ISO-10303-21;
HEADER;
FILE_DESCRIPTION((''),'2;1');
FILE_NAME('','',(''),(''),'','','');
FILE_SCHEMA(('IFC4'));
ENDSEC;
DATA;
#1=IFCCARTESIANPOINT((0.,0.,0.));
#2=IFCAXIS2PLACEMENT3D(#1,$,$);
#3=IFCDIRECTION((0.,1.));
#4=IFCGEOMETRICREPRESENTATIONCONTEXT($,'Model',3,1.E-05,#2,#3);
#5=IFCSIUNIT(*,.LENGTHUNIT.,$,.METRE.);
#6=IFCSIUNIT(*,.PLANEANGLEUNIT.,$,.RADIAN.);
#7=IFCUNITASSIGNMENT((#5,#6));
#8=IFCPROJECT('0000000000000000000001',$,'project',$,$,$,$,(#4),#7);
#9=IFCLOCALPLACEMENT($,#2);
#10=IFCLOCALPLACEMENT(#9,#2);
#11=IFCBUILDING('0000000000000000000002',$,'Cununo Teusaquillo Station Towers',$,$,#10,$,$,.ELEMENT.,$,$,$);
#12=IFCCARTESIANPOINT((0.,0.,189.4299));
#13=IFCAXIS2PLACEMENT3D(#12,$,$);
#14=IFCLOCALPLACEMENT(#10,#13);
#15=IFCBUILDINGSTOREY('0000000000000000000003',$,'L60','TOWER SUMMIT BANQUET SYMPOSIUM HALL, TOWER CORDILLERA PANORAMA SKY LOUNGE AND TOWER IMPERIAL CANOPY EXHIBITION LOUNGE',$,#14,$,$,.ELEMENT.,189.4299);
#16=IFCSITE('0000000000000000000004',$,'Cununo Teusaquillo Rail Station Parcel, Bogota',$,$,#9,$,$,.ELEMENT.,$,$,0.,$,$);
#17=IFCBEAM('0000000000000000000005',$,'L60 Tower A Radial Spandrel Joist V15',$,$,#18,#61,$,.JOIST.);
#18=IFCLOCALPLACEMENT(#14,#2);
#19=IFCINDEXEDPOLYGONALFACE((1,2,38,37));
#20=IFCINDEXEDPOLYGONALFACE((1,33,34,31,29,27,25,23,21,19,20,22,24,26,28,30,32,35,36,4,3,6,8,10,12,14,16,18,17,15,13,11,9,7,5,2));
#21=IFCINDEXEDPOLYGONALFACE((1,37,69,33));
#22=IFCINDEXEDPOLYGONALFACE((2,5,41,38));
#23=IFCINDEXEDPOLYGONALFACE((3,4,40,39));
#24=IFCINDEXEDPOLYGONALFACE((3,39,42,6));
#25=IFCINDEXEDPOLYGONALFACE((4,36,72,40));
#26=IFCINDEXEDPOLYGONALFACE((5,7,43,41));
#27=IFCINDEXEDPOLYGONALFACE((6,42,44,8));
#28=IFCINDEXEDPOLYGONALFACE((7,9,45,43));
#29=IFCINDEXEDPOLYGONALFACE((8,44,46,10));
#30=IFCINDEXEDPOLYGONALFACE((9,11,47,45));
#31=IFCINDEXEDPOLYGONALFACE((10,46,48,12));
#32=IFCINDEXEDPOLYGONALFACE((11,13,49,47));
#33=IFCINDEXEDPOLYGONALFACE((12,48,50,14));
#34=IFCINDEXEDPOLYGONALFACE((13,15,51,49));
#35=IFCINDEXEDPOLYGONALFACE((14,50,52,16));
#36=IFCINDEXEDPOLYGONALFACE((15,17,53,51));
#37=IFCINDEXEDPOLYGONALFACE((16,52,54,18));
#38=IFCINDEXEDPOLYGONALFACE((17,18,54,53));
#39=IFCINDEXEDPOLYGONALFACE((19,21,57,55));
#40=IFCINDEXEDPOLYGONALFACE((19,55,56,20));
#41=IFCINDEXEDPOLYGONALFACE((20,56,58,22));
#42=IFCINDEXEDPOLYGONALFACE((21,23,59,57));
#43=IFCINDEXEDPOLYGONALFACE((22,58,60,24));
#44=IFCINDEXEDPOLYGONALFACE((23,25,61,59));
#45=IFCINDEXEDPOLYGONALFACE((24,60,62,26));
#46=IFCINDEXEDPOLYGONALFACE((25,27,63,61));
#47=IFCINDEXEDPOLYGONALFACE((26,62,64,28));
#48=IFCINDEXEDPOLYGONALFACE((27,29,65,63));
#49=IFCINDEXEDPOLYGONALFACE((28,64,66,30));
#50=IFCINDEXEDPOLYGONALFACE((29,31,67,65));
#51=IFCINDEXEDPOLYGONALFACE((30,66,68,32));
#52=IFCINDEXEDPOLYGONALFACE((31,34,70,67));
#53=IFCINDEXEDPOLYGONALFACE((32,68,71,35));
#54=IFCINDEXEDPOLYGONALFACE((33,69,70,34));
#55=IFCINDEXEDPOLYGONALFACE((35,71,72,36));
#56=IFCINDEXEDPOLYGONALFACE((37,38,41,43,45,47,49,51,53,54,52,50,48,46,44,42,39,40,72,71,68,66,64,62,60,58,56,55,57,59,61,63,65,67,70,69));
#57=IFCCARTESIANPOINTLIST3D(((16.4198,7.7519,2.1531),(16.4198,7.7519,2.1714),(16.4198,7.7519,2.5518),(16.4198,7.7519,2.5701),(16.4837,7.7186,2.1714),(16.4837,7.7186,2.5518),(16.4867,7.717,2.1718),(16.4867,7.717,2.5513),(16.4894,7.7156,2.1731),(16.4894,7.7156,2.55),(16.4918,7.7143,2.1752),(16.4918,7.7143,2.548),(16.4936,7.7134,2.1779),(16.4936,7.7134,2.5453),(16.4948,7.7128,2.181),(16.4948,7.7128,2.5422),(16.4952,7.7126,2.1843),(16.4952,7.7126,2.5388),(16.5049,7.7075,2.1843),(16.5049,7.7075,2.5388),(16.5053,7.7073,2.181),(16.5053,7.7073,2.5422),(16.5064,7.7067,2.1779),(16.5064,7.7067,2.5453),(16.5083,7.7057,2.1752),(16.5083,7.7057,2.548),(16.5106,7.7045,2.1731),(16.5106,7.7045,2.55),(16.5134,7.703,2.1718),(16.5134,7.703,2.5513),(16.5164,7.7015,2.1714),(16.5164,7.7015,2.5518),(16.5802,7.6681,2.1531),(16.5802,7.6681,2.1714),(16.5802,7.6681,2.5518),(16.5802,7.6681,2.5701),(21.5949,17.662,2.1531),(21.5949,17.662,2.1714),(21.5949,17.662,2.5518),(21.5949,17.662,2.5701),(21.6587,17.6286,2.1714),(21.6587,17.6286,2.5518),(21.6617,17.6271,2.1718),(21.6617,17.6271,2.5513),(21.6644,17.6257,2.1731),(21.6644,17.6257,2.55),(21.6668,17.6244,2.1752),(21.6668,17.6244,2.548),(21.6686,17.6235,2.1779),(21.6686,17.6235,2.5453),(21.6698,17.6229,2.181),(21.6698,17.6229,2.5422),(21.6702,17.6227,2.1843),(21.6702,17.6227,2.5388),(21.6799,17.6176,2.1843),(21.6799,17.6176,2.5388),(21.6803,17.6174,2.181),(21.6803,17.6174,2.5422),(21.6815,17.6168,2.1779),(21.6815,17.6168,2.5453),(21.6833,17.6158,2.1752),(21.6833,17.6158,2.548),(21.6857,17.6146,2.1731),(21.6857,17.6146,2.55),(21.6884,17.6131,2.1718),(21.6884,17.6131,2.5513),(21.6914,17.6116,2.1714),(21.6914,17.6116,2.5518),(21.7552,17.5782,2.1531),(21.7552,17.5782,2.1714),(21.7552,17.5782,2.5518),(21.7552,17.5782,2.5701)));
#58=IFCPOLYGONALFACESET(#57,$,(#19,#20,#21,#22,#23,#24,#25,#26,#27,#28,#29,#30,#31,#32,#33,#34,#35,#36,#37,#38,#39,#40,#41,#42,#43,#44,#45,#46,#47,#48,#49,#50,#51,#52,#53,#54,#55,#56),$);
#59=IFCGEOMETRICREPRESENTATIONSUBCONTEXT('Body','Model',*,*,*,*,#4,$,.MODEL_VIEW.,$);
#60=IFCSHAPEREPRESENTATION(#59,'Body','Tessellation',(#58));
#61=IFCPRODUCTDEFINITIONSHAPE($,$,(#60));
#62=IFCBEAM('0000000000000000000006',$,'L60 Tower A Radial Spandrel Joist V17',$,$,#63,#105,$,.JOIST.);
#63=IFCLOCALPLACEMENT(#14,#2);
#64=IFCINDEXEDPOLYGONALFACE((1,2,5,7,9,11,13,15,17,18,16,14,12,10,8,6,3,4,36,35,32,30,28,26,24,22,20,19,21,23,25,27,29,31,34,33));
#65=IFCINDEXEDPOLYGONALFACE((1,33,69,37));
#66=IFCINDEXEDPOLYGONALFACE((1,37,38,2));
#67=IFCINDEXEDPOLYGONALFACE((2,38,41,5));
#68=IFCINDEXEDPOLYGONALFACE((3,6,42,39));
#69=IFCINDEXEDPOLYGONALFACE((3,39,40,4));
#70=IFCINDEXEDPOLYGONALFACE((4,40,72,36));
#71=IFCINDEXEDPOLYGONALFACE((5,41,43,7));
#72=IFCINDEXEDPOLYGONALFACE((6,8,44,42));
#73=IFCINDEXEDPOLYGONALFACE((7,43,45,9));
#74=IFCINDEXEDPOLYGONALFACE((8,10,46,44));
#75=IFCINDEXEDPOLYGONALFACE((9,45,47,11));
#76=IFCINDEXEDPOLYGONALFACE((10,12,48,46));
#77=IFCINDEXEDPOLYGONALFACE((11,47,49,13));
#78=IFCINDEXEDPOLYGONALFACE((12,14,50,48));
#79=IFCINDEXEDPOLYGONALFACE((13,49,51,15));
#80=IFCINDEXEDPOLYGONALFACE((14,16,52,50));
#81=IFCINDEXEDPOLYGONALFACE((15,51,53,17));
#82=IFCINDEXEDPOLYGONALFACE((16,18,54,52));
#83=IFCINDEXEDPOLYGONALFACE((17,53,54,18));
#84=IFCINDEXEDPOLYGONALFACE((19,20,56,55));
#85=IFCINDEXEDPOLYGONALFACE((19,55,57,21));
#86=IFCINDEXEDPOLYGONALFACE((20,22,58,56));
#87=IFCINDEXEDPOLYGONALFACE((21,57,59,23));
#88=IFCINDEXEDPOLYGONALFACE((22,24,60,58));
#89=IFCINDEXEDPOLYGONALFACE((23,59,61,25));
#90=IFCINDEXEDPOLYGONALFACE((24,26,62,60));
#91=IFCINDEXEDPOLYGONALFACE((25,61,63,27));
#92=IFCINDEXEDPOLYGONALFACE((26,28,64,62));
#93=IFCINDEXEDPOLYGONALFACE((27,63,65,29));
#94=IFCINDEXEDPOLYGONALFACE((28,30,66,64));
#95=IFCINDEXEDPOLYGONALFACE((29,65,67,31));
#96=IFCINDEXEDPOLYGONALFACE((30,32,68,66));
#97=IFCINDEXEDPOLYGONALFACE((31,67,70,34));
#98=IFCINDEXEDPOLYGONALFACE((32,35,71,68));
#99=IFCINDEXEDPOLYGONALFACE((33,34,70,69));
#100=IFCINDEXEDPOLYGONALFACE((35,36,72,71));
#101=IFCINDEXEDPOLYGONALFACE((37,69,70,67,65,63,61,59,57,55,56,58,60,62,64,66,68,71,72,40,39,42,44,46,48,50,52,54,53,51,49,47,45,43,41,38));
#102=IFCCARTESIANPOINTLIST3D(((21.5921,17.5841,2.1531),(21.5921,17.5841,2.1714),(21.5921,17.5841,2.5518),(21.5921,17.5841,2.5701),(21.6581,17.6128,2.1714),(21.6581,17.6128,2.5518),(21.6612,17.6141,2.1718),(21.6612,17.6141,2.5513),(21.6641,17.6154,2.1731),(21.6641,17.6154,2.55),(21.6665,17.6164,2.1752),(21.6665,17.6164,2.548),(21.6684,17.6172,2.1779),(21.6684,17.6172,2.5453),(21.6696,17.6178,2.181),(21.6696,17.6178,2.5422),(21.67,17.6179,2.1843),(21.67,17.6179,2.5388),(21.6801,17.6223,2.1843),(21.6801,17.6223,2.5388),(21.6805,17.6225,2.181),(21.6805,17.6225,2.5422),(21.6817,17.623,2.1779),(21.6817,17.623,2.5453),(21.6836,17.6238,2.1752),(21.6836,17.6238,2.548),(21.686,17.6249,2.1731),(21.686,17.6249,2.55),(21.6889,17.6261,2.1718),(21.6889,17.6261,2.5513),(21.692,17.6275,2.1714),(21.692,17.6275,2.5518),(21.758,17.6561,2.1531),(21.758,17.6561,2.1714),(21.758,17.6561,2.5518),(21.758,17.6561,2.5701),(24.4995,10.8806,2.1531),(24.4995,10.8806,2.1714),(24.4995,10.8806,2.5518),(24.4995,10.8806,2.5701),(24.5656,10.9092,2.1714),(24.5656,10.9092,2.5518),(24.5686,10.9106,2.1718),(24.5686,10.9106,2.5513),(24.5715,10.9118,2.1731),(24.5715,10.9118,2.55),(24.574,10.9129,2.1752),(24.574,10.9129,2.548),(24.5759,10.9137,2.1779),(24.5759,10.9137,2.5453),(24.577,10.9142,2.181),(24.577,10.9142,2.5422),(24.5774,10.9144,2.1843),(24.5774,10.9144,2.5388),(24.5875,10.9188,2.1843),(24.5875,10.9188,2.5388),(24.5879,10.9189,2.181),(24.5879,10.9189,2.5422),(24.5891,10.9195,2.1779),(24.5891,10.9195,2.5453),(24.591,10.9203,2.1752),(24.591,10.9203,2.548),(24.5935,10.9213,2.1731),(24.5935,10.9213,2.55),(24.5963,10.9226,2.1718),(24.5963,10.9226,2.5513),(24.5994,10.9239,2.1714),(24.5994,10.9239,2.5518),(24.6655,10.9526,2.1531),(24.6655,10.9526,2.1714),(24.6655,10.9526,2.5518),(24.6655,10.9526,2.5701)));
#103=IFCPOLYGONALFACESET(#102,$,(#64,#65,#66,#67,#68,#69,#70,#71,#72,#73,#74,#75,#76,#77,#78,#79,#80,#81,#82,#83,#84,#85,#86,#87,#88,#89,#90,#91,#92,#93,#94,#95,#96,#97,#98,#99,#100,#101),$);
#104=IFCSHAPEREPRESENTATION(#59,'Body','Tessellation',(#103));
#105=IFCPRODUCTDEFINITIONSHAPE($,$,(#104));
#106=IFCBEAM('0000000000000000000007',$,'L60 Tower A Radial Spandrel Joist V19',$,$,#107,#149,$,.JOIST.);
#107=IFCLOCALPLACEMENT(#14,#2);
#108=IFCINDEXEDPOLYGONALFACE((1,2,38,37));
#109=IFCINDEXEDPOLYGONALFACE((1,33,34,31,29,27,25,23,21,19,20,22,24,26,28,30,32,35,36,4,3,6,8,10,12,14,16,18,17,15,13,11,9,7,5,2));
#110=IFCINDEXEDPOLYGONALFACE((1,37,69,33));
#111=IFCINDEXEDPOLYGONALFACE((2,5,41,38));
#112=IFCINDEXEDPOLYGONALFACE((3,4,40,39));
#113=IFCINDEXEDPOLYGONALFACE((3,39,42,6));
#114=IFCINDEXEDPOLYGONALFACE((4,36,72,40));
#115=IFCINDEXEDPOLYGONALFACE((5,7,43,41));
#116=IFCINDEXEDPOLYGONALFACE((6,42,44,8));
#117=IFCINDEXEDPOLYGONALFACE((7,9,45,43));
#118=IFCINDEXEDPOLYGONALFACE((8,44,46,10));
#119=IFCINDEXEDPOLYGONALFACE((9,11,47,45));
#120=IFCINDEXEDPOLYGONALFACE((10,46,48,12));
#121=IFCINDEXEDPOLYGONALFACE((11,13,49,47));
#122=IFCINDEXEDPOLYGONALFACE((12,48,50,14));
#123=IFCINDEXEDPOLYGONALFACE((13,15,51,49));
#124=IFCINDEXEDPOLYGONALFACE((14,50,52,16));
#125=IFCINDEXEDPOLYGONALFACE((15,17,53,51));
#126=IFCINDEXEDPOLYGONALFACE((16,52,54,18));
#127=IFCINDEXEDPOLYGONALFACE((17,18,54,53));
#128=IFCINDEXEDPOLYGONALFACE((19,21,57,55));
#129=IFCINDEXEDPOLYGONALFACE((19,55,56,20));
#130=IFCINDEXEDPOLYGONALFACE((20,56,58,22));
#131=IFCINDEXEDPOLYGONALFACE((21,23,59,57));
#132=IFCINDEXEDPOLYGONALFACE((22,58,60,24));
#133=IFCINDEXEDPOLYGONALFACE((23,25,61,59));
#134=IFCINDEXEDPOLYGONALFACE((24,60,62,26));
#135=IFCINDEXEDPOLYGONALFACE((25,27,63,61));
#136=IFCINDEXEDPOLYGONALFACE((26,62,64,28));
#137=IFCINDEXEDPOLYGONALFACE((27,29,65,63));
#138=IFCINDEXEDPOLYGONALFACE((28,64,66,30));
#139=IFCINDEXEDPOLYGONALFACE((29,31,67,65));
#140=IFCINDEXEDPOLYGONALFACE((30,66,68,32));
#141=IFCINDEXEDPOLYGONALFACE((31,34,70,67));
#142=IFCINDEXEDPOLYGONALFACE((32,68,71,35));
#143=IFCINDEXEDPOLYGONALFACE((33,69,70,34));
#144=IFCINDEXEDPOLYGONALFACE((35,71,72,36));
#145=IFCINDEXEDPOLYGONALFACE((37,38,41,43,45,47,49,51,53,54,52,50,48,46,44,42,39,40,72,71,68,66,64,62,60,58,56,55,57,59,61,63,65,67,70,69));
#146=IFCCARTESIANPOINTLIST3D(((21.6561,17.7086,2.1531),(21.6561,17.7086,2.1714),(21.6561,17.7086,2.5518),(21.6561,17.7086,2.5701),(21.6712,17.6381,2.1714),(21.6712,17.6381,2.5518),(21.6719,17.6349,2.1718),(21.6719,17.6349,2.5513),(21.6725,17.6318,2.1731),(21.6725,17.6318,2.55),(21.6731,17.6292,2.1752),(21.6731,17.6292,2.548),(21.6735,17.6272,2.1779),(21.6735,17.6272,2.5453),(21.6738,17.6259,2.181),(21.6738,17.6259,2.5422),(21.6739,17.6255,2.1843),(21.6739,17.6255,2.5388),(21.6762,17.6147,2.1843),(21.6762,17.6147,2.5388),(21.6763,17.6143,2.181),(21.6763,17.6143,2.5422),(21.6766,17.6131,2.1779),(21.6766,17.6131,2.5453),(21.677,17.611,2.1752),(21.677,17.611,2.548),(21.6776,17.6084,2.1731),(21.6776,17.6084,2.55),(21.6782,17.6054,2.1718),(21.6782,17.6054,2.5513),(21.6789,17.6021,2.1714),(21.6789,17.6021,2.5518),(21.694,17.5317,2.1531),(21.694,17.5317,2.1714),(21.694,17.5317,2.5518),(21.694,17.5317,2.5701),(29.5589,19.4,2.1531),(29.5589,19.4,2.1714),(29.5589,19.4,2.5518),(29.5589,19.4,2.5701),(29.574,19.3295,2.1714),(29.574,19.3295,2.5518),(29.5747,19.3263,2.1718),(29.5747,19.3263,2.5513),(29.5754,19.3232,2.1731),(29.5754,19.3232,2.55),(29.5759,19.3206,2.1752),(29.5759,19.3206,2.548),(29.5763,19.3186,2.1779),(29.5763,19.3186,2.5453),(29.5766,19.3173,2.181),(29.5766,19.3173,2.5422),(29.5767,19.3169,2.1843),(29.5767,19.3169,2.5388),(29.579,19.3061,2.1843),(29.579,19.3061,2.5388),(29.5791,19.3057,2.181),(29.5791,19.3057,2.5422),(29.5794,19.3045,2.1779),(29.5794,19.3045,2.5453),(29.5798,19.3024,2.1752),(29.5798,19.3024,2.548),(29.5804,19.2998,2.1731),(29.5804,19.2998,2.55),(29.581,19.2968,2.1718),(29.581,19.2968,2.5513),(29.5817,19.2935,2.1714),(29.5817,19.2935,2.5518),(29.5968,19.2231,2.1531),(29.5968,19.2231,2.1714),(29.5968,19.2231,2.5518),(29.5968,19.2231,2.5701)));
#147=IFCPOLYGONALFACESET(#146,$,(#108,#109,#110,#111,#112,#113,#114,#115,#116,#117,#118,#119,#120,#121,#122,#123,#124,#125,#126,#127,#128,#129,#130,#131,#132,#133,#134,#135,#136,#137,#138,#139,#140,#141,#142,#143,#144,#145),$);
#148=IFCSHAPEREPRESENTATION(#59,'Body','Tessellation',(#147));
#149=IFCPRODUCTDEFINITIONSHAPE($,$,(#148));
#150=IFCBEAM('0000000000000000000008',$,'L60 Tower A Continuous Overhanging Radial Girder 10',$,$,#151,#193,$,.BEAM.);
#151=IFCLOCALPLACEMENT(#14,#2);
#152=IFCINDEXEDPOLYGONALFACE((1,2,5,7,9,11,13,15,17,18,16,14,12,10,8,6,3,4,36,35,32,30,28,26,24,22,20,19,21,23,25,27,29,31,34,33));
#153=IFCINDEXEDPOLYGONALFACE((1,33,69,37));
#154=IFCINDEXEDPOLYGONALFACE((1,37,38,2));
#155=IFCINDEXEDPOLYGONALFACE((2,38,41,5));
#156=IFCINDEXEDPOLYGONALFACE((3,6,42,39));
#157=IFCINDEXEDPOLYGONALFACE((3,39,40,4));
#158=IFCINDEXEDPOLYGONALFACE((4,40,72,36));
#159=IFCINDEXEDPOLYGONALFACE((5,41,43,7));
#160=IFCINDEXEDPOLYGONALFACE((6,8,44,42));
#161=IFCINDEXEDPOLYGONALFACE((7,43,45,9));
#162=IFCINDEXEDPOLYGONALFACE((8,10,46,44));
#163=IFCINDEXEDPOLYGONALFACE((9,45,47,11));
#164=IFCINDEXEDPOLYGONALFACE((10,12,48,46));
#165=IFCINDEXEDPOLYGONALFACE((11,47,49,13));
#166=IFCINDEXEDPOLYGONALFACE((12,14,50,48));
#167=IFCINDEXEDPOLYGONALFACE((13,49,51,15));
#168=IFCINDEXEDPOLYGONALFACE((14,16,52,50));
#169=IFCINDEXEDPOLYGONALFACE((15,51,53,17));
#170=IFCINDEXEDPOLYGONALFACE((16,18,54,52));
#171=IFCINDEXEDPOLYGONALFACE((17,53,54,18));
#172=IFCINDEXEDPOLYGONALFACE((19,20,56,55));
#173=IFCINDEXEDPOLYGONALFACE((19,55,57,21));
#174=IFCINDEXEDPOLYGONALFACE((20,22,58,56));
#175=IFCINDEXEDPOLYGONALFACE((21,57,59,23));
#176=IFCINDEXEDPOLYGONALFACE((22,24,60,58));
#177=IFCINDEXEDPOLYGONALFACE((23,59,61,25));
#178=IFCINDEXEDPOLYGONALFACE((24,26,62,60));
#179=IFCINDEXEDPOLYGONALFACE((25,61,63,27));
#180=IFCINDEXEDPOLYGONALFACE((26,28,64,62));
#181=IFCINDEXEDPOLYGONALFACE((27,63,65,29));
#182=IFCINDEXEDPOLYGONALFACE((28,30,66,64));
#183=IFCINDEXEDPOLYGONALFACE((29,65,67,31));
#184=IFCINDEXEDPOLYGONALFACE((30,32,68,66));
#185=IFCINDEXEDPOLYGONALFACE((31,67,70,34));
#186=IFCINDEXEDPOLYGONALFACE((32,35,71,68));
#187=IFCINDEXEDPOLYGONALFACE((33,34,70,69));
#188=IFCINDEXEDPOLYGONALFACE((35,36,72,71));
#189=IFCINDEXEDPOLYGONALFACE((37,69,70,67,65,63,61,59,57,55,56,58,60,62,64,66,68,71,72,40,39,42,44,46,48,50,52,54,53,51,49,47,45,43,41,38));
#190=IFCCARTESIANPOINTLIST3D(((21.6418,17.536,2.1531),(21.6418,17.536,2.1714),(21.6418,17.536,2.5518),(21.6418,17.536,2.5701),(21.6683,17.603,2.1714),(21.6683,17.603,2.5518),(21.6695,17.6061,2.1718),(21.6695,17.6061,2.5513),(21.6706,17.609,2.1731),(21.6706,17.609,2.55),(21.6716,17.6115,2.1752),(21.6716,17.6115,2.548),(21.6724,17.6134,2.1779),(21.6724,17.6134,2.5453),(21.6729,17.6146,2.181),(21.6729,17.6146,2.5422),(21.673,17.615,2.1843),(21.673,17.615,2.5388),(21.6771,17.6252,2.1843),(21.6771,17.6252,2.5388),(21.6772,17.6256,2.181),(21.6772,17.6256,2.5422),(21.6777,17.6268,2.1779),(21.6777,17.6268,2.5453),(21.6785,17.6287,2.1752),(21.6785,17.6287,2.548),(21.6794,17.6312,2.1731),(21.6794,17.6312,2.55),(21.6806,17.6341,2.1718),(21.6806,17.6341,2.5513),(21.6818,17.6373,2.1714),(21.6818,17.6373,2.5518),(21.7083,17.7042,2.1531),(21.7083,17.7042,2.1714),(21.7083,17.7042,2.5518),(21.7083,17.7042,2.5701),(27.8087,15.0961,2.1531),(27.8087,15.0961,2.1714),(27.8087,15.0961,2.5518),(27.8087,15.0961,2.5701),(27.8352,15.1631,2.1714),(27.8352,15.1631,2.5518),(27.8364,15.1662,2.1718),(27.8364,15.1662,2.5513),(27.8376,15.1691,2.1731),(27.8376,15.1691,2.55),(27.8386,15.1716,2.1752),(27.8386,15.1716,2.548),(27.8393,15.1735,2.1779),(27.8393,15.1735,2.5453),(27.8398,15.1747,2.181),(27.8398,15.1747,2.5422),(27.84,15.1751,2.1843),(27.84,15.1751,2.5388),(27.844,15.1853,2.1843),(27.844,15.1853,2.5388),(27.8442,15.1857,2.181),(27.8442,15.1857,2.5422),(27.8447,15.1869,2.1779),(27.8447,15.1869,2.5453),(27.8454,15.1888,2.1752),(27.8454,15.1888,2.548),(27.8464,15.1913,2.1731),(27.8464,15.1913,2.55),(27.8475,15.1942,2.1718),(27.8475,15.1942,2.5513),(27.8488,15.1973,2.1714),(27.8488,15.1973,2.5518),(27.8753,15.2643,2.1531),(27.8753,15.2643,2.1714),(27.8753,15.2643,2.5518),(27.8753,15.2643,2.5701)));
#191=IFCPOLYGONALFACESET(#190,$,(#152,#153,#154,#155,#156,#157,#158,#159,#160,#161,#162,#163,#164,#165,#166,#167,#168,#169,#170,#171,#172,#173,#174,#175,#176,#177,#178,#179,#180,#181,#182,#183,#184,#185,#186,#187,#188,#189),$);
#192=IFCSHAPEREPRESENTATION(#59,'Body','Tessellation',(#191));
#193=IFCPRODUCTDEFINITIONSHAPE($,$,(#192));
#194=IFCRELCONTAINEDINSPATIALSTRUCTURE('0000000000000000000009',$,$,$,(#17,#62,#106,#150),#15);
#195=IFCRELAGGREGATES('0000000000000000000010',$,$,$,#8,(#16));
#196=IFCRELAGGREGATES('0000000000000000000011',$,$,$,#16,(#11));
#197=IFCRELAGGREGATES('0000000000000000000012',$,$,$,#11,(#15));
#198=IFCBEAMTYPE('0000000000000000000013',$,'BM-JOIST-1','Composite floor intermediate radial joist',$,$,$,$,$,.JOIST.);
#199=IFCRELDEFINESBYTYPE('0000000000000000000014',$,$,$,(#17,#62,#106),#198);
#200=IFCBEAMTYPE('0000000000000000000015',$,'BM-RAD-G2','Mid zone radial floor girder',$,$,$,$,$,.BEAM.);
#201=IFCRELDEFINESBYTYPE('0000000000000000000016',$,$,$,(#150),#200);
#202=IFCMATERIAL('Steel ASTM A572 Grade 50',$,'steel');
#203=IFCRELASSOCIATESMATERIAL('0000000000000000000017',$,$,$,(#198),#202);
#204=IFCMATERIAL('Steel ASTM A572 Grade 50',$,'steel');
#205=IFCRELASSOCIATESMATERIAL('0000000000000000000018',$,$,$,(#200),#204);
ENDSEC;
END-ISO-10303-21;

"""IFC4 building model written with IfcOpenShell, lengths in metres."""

from ifc_helpers import new_model, si_unit, direction, frame, origin, origin_2d, place, context, subcontext, project, spatial, i_section, extrude, material, material_profile, profile_set, type_object, element, save


model = new_model("IFC4")

# Units and contexts
model_context = context("Model", 3, precision=1e-05, world=origin(), true_north=direction((0.0, 1.0)))
body_context = subcontext(model_context, "Body", "Model", "MODEL_VIEW")
ifc_project = project(units=[si_unit("LENGTHUNIT", "METRE"), si_unit("PLANEANGLEUNIT", "RADIAN")], contexts=[model_context])

# Site, building, storey
site_placement = place(None, origin())
site = spatial("IfcSite", under=ifc_project, at=site_placement, Name="Cununo Teusaquillo Rail Station Parcel, Bogota", CompositionType="ELEMENT", RefElevation=0.0)
building_placement = place(site_placement, origin())
building = spatial("IfcBuilding", under=site, at=building_placement, Name="Cununo Teusaquillo Station Towers", CompositionType="ELEMENT")
storey_placement = place(building_placement, frame((0.0, 0.0, 189.4299)))
storey = spatial("IfcBuildingStorey", under=building, at=storey_placement, Name="L60", Description="TOWER SUMMIT BANQUET SYMPOSIUM HALL, TOWER CORDILLERA PANORAMA SKY LOUNGE AND TOWER IMPERIAL CANOPY EXHIBITION LOUNGE", CompositionType="ELEMENT", Elevation=189.4299)

# Beams
ifc_material_1 = material(Name="Steel ASTM A572 Grade 50", Category="steel")
ifc_material_profile_1 = material_profile(ifc_material_1, i_section(OverallWidth=0.1809, OverallDepth=0.417, WebThickness=0.011, FlangeThickness=0.0183, FilletRadius=0.0129, at=origin_2d()), Name="W16X57")
ifc_profile_set_1 = profile_set([ifc_material_profile_1], Name="Steel ASTM A572 Grade 50")
beam_type_1 = type_object("IfcBeamType", Name="BM-JOIST-1", Description="Composite floor intermediate radial joist", PredefinedType="JOIST", material=ifc_profile_set_1)
beam_1_placement = place(storey_placement, frame((21.675, 17.6201, 2.3616), z_axis=(-0.462885, -0.886419, 0.0), x_axis=(0.886419, -0.462885, 0.0)))
element("IfcBeam", 1, at=beam_1_placement, inside=storey, type_object=beam_type_1, Name="L60 Tower A Radial Spandrel Joist V15", PredefinedType="JOIST", context=body_context, shape_type="SweptSolid", body=[
    extrude(i_section(OverallWidth=0.1809, OverallDepth=0.417, WebThickness=0.011, FlangeThickness=0.0183, FilletRadius=0.0129, at=origin_2d()), origin(), (0.0, 0.0, 1.0), 11.1799),
])
beam_2_placement = place(storey_placement, frame((21.675, 17.6201, 2.3616), z_axis=(0.397904, -0.917427, 0.0), x_axis=(0.917427, 0.397904, 0.0)))
element("IfcBeam", 2, at=beam_2_placement, inside=storey, type_object=beam_type_1, Name="L60 Tower A Radial Spandrel Joist V17", PredefinedType="JOIST", context=body_context, shape_type="SweptSolid", body=[
    extrude(i_section(OverallWidth=0.1809, OverallDepth=0.417, WebThickness=0.011, FlangeThickness=0.0183, FilletRadius=0.0129, at=origin_2d()), origin(), (0.0, 0.0, 1.0), 7.3069),
])
beam_3_placement = place(storey_placement, frame((21.675, 17.6201, 2.3616), z_axis=(0.977855, 0.209286, 0.0), x_axis=(-0.209286, 0.977855, 0.0)))
element("IfcBeam", 3, at=beam_3_placement, inside=storey, type_object=beam_type_1, Name="L60 Tower A Radial Spandrel Joist V19", PredefinedType="JOIST", context=body_context, shape_type="SweptSolid", body=[
    extrude(i_section(OverallWidth=0.1809, OverallDepth=0.417, WebThickness=0.011, FlangeThickness=0.0183, FilletRadius=0.0129, at=origin_2d()), origin(), (0.0, 0.0, 1.0), 8.0818),
])
ifc_material_2 = material(Name="Steel ASTM A572 Grade 50", Category="steel")
ifc_material_profile_2 = material_profile(ifc_material_2, i_section(OverallWidth=0.1809, OverallDepth=0.417, WebThickness=0.011, FlangeThickness=0.0183, FilletRadius=0.0129, at=origin_2d()), Name="W16X57")
ifc_profile_set_2 = profile_set([ifc_material_profile_2], Name="Steel ASTM A572 Grade 50")
beam_type_2 = type_object("IfcBeamType", Name="BM-RAD-G2", Description="Mid zone radial floor girder", PredefinedType="BEAM", material=ifc_profile_set_2)
beam_4_placement = place(storey_placement, frame((21.675, 17.6201, 2.3616), z_axis=(0.929866, -0.367897, 0.0), x_axis=(0.367897, 0.929866, 0.0)))
element("IfcBeam", 4, at=beam_4_placement, inside=storey, type_object=beam_type_2, Name="L60 Tower A Continuous Overhanging Radial Girder 10", PredefinedType="BEAM", context=body_context, shape_type="SweptSolid", body=[
    extrude(i_section(OverallWidth=0.1809, OverallDepth=0.417, WebThickness=0.011, FlangeThickness=0.0183, FilletRadius=0.0129, at=origin_2d()), origin(), (0.0, 0.0, 1.0), 6.6321),
])

save(model, "model.ifc")
